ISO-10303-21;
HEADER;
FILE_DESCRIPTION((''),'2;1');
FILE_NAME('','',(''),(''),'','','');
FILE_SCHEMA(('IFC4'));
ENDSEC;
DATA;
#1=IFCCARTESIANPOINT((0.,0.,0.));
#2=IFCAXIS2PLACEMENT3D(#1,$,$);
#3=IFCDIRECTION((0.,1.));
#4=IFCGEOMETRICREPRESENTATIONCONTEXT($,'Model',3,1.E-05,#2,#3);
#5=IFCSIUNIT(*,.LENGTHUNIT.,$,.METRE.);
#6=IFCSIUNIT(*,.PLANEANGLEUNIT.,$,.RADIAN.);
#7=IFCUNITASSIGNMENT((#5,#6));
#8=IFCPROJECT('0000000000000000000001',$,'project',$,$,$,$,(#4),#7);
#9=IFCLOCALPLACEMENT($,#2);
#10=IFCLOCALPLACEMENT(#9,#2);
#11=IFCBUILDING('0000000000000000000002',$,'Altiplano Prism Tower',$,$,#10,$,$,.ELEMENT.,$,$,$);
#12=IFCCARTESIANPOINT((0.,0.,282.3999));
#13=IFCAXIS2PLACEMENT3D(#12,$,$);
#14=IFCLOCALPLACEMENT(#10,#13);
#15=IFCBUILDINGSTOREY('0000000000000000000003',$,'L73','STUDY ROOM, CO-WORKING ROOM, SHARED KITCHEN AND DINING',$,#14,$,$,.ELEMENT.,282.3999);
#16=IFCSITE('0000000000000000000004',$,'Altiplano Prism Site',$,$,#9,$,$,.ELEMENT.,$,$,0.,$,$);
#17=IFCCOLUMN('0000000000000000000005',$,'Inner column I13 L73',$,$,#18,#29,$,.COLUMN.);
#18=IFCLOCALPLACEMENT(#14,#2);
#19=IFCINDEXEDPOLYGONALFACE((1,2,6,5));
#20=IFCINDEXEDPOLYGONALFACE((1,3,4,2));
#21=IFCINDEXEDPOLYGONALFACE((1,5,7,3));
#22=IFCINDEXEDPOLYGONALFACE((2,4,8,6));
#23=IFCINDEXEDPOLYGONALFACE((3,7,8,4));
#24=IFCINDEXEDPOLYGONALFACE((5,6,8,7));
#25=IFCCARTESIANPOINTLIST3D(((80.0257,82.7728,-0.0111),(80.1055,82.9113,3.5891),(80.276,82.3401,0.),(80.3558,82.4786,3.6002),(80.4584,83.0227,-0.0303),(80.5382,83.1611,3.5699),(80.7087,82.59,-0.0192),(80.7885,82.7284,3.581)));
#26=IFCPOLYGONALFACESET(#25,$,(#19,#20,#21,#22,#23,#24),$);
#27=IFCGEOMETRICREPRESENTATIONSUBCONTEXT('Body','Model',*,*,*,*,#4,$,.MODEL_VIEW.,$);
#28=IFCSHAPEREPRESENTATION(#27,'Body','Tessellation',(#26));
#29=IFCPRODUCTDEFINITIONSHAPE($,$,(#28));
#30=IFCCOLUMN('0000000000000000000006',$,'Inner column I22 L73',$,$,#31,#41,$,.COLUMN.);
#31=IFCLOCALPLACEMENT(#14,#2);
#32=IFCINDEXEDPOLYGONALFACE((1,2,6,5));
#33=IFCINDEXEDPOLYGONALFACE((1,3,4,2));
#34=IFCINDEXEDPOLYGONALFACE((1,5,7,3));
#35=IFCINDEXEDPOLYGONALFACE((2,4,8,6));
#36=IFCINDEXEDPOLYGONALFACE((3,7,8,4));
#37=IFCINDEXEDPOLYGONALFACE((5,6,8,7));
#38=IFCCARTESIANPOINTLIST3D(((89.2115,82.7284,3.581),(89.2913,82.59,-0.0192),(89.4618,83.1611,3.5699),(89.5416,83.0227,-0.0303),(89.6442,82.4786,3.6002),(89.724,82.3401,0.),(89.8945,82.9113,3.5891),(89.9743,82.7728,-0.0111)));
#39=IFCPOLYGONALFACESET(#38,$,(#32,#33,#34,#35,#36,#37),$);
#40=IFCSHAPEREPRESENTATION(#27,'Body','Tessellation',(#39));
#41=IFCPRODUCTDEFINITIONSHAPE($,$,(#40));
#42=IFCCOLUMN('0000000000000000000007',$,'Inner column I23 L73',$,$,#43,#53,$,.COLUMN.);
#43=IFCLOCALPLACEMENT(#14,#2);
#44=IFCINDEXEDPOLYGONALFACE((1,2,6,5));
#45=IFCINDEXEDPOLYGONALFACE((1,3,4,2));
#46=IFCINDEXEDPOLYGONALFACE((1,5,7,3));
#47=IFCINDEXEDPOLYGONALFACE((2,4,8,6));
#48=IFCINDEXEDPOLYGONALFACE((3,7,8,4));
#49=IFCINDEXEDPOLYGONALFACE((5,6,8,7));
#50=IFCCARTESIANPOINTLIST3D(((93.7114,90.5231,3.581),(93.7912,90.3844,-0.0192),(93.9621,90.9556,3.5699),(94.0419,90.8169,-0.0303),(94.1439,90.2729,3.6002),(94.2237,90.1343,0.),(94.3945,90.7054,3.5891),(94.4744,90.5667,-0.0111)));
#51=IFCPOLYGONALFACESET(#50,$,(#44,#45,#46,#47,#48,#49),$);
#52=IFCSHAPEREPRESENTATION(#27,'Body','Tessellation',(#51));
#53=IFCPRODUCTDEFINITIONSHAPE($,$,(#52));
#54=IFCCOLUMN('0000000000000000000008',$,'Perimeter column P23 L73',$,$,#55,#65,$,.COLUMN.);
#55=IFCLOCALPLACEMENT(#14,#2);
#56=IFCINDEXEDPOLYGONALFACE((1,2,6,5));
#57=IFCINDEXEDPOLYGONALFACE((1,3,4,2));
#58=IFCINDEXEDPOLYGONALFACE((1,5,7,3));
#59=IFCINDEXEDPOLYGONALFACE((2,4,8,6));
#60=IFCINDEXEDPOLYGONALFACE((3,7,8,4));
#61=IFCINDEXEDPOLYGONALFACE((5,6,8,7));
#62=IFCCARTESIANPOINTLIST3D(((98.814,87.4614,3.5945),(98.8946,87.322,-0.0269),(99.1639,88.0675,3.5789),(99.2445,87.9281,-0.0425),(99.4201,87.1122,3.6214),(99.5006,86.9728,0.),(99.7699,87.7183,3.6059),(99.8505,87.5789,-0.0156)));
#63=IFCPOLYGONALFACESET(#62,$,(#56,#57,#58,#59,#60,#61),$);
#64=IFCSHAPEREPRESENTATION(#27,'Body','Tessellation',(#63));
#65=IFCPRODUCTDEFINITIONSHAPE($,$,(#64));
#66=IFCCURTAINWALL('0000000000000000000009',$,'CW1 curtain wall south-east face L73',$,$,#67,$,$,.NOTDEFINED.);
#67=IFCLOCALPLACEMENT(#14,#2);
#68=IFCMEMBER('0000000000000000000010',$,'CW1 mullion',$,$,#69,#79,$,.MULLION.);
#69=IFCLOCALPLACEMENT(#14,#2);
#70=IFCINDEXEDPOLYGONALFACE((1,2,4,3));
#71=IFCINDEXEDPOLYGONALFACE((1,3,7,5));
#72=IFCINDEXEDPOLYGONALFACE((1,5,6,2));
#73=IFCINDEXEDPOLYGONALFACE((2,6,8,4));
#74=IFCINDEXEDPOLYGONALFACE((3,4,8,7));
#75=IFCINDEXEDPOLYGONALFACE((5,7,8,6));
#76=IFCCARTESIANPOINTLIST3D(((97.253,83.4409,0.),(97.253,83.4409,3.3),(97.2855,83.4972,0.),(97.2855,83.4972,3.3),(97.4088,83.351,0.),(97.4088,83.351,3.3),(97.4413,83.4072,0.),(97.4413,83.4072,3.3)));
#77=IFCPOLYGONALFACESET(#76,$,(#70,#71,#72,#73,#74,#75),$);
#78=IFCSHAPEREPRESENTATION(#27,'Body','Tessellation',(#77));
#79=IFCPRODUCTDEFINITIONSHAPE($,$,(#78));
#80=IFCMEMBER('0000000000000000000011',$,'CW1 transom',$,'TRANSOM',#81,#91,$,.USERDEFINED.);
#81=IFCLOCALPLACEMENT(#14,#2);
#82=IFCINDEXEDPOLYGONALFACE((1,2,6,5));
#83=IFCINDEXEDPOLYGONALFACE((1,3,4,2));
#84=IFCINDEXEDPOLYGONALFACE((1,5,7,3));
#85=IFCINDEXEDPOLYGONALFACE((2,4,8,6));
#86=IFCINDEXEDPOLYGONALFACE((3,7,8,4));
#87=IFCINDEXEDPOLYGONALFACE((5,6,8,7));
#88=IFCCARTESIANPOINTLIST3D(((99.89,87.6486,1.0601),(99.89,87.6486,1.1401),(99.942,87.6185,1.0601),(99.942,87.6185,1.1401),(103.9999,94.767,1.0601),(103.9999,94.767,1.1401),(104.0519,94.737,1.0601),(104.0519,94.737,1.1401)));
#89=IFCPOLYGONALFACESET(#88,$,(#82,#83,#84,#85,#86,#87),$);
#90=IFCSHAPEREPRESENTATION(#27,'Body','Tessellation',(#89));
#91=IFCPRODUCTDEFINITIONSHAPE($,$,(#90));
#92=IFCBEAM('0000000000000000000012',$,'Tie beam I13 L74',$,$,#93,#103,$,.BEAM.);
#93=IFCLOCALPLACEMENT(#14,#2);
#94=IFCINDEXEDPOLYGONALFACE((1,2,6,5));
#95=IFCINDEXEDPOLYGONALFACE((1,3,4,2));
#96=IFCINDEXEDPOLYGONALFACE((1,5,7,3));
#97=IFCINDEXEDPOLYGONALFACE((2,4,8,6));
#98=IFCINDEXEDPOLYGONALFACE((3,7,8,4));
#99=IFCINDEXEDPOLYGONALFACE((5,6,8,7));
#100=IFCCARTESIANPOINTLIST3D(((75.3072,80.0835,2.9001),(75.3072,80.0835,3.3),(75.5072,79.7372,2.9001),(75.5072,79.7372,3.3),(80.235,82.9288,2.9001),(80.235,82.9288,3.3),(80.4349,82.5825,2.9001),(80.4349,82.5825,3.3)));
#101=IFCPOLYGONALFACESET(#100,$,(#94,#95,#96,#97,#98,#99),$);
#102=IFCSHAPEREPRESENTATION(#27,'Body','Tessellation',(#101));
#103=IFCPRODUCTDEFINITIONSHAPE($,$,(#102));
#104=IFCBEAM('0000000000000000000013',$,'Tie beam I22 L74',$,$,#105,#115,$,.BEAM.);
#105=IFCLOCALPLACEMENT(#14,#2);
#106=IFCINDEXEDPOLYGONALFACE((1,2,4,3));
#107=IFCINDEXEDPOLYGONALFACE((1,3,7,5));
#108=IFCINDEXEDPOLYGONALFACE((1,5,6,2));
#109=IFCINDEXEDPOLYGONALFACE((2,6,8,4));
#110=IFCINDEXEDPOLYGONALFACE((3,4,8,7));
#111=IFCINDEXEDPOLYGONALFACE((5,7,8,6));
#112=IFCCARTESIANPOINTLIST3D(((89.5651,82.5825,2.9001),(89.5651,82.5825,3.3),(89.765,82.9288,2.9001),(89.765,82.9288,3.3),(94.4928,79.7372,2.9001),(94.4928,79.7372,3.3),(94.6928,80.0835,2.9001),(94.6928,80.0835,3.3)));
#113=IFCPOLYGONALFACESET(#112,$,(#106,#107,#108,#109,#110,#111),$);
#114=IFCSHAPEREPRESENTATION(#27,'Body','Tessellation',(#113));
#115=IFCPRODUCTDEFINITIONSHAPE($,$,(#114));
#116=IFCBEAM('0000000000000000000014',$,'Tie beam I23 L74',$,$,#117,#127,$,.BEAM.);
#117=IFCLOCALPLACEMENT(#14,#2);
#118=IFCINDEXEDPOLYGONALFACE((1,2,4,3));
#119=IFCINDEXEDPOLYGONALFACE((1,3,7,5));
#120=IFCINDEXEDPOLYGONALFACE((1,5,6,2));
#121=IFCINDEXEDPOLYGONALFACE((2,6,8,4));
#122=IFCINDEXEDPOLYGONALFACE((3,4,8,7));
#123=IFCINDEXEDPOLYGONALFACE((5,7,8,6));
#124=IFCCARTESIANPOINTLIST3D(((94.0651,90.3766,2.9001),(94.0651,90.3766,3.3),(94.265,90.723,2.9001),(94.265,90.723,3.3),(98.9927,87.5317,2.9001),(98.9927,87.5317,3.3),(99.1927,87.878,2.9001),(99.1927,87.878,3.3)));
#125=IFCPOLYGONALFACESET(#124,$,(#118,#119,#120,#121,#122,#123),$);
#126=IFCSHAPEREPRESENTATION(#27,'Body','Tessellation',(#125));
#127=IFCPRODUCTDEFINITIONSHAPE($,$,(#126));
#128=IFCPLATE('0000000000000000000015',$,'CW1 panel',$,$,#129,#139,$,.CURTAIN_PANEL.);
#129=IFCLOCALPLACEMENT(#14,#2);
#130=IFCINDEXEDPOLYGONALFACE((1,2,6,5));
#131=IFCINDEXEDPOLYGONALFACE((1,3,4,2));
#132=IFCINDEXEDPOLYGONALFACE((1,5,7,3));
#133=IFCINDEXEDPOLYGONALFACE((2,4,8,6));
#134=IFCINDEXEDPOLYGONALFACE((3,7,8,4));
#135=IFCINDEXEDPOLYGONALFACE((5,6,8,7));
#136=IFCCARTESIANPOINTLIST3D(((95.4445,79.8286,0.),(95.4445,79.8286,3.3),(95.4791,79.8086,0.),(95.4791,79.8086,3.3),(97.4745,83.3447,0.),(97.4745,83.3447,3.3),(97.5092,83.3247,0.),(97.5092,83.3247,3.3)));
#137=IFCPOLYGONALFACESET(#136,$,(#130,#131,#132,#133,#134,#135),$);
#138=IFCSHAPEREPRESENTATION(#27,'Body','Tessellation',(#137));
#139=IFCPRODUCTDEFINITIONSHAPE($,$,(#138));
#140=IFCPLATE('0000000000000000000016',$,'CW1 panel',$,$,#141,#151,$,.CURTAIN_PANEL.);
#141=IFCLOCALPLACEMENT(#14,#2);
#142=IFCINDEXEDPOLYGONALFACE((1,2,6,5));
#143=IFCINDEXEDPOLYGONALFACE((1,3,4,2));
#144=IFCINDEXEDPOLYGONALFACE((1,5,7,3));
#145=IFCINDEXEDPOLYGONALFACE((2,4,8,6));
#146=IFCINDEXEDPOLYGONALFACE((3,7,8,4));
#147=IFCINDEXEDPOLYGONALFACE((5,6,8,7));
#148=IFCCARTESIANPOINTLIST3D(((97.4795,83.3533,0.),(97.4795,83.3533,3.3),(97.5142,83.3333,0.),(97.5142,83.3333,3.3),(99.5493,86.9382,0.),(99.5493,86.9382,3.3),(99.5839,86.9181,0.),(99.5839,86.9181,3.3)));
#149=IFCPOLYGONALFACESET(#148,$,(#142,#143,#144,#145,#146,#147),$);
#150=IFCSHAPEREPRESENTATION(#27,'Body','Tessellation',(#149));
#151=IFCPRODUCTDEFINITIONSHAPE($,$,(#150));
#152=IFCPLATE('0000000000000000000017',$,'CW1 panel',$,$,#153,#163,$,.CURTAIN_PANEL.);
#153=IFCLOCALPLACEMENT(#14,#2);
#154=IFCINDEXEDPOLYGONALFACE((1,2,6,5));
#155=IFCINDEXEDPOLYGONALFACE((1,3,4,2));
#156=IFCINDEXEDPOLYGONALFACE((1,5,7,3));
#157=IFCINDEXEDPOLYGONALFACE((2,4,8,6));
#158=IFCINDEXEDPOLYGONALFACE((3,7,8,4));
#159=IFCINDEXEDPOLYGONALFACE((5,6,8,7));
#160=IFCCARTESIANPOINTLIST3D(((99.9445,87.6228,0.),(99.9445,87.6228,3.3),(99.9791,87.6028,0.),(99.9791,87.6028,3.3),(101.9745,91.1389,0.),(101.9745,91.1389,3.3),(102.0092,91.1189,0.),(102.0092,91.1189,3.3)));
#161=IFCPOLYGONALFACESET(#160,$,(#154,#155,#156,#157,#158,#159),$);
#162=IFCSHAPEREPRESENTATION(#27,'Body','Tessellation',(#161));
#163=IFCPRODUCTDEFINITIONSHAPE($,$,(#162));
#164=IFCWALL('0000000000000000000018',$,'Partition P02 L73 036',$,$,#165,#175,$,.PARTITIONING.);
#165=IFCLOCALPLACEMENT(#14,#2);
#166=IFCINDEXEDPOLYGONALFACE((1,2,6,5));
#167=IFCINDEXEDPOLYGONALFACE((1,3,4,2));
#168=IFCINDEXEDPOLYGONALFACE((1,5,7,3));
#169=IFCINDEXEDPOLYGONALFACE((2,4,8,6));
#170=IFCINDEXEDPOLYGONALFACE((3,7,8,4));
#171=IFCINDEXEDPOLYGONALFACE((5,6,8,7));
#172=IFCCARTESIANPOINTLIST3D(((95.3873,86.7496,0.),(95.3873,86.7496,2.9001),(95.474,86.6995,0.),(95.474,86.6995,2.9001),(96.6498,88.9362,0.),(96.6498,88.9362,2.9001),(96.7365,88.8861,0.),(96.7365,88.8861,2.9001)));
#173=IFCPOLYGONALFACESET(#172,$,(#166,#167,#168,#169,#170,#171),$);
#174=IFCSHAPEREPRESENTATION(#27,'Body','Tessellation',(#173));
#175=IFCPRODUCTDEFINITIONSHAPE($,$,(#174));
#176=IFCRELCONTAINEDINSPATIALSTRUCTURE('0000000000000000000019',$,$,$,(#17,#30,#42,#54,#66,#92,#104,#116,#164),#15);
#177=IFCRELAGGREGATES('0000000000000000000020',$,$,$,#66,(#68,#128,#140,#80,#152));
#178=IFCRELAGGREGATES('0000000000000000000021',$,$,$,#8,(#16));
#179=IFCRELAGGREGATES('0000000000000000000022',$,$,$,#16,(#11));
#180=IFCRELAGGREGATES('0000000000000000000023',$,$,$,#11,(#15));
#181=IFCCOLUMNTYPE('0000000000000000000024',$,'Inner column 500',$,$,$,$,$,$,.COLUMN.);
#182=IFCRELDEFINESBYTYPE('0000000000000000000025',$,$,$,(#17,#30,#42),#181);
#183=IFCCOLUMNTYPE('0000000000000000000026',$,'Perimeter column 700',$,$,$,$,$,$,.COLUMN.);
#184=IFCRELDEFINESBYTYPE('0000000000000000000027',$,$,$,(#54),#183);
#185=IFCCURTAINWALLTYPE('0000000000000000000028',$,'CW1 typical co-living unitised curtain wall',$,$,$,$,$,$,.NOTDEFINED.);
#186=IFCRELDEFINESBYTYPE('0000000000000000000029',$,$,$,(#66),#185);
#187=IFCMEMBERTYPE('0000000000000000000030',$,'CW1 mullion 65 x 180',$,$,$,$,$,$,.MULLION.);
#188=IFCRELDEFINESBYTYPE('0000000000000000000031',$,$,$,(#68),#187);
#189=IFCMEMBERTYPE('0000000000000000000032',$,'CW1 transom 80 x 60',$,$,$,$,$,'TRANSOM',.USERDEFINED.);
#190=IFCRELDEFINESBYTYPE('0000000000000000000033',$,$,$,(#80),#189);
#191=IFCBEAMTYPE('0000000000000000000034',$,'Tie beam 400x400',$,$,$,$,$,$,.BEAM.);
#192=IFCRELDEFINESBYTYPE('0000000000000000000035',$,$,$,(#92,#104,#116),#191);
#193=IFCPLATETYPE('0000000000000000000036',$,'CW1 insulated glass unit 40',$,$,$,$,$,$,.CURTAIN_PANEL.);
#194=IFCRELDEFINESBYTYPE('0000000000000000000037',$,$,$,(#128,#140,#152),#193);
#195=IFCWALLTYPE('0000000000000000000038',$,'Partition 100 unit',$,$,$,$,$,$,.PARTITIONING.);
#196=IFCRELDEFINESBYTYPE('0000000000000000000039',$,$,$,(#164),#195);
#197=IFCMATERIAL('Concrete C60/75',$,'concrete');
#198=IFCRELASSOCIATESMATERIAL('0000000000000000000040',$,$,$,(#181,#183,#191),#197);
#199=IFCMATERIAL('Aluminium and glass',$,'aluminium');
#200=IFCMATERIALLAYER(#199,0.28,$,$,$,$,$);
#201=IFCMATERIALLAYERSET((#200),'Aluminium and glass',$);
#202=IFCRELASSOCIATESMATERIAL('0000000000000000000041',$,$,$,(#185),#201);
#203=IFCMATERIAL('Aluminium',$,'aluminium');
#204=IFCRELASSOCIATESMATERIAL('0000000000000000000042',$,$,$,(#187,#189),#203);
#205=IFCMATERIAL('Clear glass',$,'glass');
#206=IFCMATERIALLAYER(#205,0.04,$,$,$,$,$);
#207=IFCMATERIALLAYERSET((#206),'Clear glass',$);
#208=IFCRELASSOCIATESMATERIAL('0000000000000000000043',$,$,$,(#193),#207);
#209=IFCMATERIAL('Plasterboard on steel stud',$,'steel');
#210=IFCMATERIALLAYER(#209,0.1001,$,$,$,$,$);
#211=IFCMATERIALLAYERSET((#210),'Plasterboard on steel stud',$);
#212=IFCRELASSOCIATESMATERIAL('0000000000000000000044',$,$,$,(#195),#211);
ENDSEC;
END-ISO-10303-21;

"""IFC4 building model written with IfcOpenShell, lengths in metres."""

from ifc_helpers import new_model, si_unit, direction, frame, frame_2d, origin, origin_2d, place, context, subcontext, project, spatial, rectangle, extrude, material, layer, layer_set, material_profile, profile_set, type_object, element, aggregate, save


model = new_model("IFC4")

# Units and contexts
model_context = context("Model", 3, precision=1e-05, world=origin(), true_north=direction((0.0, 1.0)))
body_context = subcontext(model_context, "Body", "Model", "MODEL_VIEW")
ifc_project = project(units=[si_unit("LENGTHUNIT", "METRE"), si_unit("PLANEANGLEUNIT", "RADIAN")], contexts=[model_context])

# Site, building, storey
site_placement = place(None, origin())
site = spatial("IfcSite", under=ifc_project, at=site_placement, Name="Altiplano Prism Site", CompositionType="ELEMENT", RefElevation=0.0)
building_placement = place(site_placement, origin())
building = spatial("IfcBuilding", under=site, at=building_placement, Name="Altiplano Prism Tower", CompositionType="ELEMENT")
storey_placement = place(building_placement, frame((0.0, 0.0, 282.3999)))
storey = spatial("IfcBuildingStorey", under=building, at=storey_placement, Name="L73", Description="STUDY ROOM, CO-WORKING ROOM, SHARED KITCHEN AND DINING", CompositionType="ELEMENT", Elevation=282.3999)

# Columns
ifc_material_1 = material(Name="Concrete C60/75", Category="concrete")
ifc_material_profile_1 = material_profile(ifc_material_1, rectangle(XDim=0.5, YDim=0.5, at=origin_2d()), Name="Inner column 500")
ifc_profile_set_1 = profile_set([ifc_material_profile_1], Name="Concrete C60/75")
column_type_1 = type_object("IfcColumnType", Name="Inner column 500", PredefinedType="COLUMN", material=ifc_profile_set_1)
for number, where, z_axis, x_axis, name in (
    (1, (80.3672, 82.6814, -0.0151), (0.022154, 0.038413, 0.999016), (-0.865365, -0.499669, 0.038403), "Inner column I13 L73"),
    (2, (89.6328, 82.6814, -0.0151), (-0.022154, 0.038413, 0.999016), (-0.500653, -0.865364, 0.022172), "Inner column I22 L73"),
    (3, (94.1328, 90.4756, -0.0151), (-0.022154, 0.038481, 0.999014), (-0.501313, -0.864981, 0.022201), "Inner column I23 L73"),
):
    element("IfcColumn", number, at=place(storey_placement, frame(where, z_axis=z_axis, x_axis=x_axis)), inside=storey, type_object=column_type_1, Name=name, PredefinedType="COLUMN", context=body_context, shape_type="SweptSolid", body=[
        extrude(rectangle(XDim=0.5, YDim=0.5, at=origin_2d()), origin(), (0.0, 0.0, 1.0), 3.6038),
    ])
ifc_material_profile_2 = material_profile(ifc_material_1, rectangle(XDim=0.7, YDim=0.7, at=origin_2d()), Name="Perimeter column 700")
ifc_profile_set_2 = profile_set([ifc_material_profile_2], Name="Concrete C60/75")
column_type_2 = type_object("IfcColumnType", Name="Perimeter column 700", PredefinedType="COLUMN", material=ifc_profile_set_2)
column_placement = place(storey_placement, frame((99.3726, 87.4504, -0.0212), z_axis=(-0.022226, 0.038457, 0.999013), x_axis=(-0.499866, -0.865818, 0.022209)))
element("IfcColumn", 4, at=column_placement, inside=storey, type_object=column_type_2, Name="Perimeter column P23 L73", PredefinedType="COLUMN", context=body_context, shape_type="SweptSolid", body=[
    extrude(rectangle(XDim=0.7, YDim=0.7, at=origin_2d()), origin(), (0.0, 0.0, 1.0), 3.625),
])

# Curtain wall, members
ifc_material_2 = material(Name="Aluminium and glass", Category="aluminium")
ifc_layer_1 = layer(ifc_material_2, 0.28)
ifc_layer_set_1 = layer_set([ifc_layer_1], Name="Aluminium and glass")
curtain_wall_type = type_object("IfcCurtainWallType", Name="CW1 typical co-living unitised curtain wall", PredefinedType="NOTDEFINED", material=ifc_layer_set_1)
curtain_wall_placement = place(storey_placement, origin())
curtain_wall = element("IfcCurtainWall", 5, at=curtain_wall_placement, inside=storey, type_object=curtain_wall_type, Name="CW1 curtain wall south-east face L73", PredefinedType="NOTDEFINED")
ifc_material_3 = material(Name="Aluminium", Category="aluminium")
ifc_material_profile_3 = material_profile(ifc_material_3, rectangle(XDim=0.1799, YDim=0.0649, at=origin_2d()), Name="CW1 mullion 65 x 180")
ifc_profile_set_3 = profile_set([ifc_material_profile_3], Name="Aluminium")
member_type_1 = type_object("IfcMemberType", Name="CW1 mullion 65 x 180", PredefinedType="MULLION", material=ifc_profile_set_3)
member_1_placement = place(storey_placement, frame((97.3472, 83.4241, 0.0), z_axis=(0.0, 0.0, 1.0), x_axis=(-0.866025, 0.5, 0.0)))
member_1 = element("IfcMember", 6, at=member_1_placement, type_object=member_type_1, Name="CW1 mullion", PredefinedType="MULLION", context=body_context, shape_type="SweptSolid", body=[
    extrude(rectangle(XDim=0.1799, YDim=0.0649, at=origin_2d()), origin(), (0.0, 0.0, 1.0), 3.3),
])
ifc_material_profile_4 = material_profile(ifc_material_3, rectangle(XDim=0.0601, YDim=0.0801, at=origin_2d()), Name="CW1 transom 80 x 60")
ifc_profile_set_4 = profile_set([ifc_material_profile_4], Name="Aluminium")
member_type_2 = type_object("IfcMemberType", Name="CW1 transom 80 x 60", ElementType="TRANSOM", PredefinedType="USERDEFINED", material=ifc_profile_set_4)
member_2_placement = place(storey_placement, frame((99.916, 87.6335, 1.1001), z_axis=(0.500004, 0.866023, 0.0), x_axis=(-0.866023, 0.500004, 0.0)))
member_2 = element("IfcMember", 7, at=member_2_placement, type_object=member_type_2, Name="CW1 transom", ObjectType="TRANSOM", PredefinedType="USERDEFINED", context=body_context, shape_type="SweptSolid", body=[
    extrude(rectangle(XDim=0.0601, YDim=0.0801, at=origin_2d()), origin(), (0.0, 0.0, 1.0), 8.2197),
])

# Beams
ifc_material_profile_5 = material_profile(ifc_material_1, rectangle(XDim=0.3999, YDim=0.3999, at=origin_2d()), Name="Tie beam 400x400")
ifc_profile_set_5 = profile_set([ifc_material_profile_5], Name="Concrete C60/75")
beam_type = type_object("IfcBeamType", Name="Tie beam 400x400", PredefinedType="BEAM", material=ifc_profile_set_5)
for number, where, z_axis, x_axis, name in (
    (8, (80.335, 82.7556, 3.1001), (-0.866011, -0.500025, 0.0), (0.500025, -0.866011, 0.0), "Tie beam I13 L74"),
    (9, (89.665, 82.7556, 3.1001), (0.866011, -0.500025, 0.0), (0.500025, 0.866011, 0.0), "Tie beam I22 L74"),
):
    element("IfcBeam", number, at=place(storey_placement, frame(where, z_axis=z_axis, x_axis=x_axis)), inside=storey, type_object=beam_type, Name=name, PredefinedType="BEAM", context=body_context, shape_type="SweptSolid", body=[
        extrude(rectangle(XDim=0.3999, YDim=0.3999, at=origin_2d()), origin(), (0.0, 0.0, 1.0), 5.6902),
    ])
beam_placement = place(storey_placement, frame((94.165, 90.5498, 3.1001), z_axis=(0.86603, -0.499992, 0.0), x_axis=(0.499992, 0.86603, 0.0)))
element("IfcBeam", 10, at=beam_placement, inside=storey, type_object=beam_type, Name="Tie beam I23 L74", PredefinedType="BEAM", context=body_context, shape_type="SweptSolid", body=[
    extrude(rectangle(XDim=0.3999, YDim=0.3999, at=origin_2d()), origin(), (0.0, 0.0, 1.0), 5.6899),
])

# Plates
ifc_material_4 = material(Name="Clear glass", Category="glass")
ifc_layer_2 = layer(ifc_material_4, 0.04)
ifc_layer_set_2 = layer_set([ifc_layer_2], Name="Clear glass")
plate_type = type_object("IfcPlateType", Name="CW1 insulated glass unit 40", PredefinedType="CURTAIN_PANEL", material=ifc_layer_set_2)
plate_1_placement = place(storey_placement, frame((96.4768, 81.5767, 0.0), z_axis=(0.0, 0.0, 1.0), x_axis=(0.5, 0.866025, 0.0)))
plate_1 = element("IfcPlate", 11, at=plate_1_placement, type_object=plate_type, Name="CW1 panel", PredefinedType="CURTAIN_PANEL", context=body_context, shape_type="SweptSolid", body=[
    extrude(rectangle(XDim=4.0601, YDim=0.04, at=origin_2d()), origin(), (0.0, 0.0, 1.0), 3.3),
])
plate_2_placement = place(storey_placement, frame((98.5317, 85.1357, 0.0), z_axis=(0.0, 0.0, 1.0), x_axis=(0.5, 0.866025, 0.0)))
plate_2 = element("IfcPlate", 12, at=plate_2_placement, type_object=plate_type, Name="CW1 panel", PredefinedType="CURTAIN_PANEL", context=body_context, shape_type="SweptSolid", body=[
    extrude(rectangle(XDim=4.1394, YDim=0.04, at=origin_2d()), origin(), (0.0, 0.0, 1.0), 3.3),
])
plate_3_placement = place(storey_placement, frame((100.9768, 89.3708, 0.0), z_axis=(0.0, 0.0, 1.0), x_axis=(0.5, 0.866025, 0.0)))
plate_3 = element("IfcPlate", 13, at=plate_3_placement, type_object=plate_type, Name="CW1 panel", PredefinedType="CURTAIN_PANEL", context=body_context, shape_type="SweptSolid", body=[
    extrude(rectangle(XDim=4.0601, YDim=0.04, at=origin_2d()), origin(), (0.0, 0.0, 1.0), 3.3),
])
aggregate(curtain_wall, [member_1, plate_1, plate_2, member_2, plate_3])

# Wall
ifc_material_5 = material(Name="Plasterboard on steel stud", Category="steel")
ifc_layer_3 = layer(ifc_material_5, 0.1001)
ifc_layer_set_3 = layer_set([ifc_layer_3], Name="Plasterboard on steel stud")
wall_type_1 = type_object("IfcWallType", Name="Partition 100 unit", PredefinedType="PARTITIONING", material=ifc_layer_set_3)
wall_1_placement = place(storey_placement, frame((96.6931, 88.9111, 0.0), z_axis=(0.0, 0.0, 1.0), x_axis=(-0.500018, -0.866015, 0.0)))
element("IfcWall", 14, at=wall_1_placement, inside=storey, type_object=wall_type_1, Name="Partition P02 L73 036", PredefinedType="PARTITIONING", context=body_context, shape_type="SweptSolid", body=[
    extrude(rectangle(XDim=2.5249, YDim=0.1001, at=frame_2d((1.2625, 0.0))), origin(), (0.0, 0.0, 1.0), 2.9001),
])

save(model, "model.ifc")
